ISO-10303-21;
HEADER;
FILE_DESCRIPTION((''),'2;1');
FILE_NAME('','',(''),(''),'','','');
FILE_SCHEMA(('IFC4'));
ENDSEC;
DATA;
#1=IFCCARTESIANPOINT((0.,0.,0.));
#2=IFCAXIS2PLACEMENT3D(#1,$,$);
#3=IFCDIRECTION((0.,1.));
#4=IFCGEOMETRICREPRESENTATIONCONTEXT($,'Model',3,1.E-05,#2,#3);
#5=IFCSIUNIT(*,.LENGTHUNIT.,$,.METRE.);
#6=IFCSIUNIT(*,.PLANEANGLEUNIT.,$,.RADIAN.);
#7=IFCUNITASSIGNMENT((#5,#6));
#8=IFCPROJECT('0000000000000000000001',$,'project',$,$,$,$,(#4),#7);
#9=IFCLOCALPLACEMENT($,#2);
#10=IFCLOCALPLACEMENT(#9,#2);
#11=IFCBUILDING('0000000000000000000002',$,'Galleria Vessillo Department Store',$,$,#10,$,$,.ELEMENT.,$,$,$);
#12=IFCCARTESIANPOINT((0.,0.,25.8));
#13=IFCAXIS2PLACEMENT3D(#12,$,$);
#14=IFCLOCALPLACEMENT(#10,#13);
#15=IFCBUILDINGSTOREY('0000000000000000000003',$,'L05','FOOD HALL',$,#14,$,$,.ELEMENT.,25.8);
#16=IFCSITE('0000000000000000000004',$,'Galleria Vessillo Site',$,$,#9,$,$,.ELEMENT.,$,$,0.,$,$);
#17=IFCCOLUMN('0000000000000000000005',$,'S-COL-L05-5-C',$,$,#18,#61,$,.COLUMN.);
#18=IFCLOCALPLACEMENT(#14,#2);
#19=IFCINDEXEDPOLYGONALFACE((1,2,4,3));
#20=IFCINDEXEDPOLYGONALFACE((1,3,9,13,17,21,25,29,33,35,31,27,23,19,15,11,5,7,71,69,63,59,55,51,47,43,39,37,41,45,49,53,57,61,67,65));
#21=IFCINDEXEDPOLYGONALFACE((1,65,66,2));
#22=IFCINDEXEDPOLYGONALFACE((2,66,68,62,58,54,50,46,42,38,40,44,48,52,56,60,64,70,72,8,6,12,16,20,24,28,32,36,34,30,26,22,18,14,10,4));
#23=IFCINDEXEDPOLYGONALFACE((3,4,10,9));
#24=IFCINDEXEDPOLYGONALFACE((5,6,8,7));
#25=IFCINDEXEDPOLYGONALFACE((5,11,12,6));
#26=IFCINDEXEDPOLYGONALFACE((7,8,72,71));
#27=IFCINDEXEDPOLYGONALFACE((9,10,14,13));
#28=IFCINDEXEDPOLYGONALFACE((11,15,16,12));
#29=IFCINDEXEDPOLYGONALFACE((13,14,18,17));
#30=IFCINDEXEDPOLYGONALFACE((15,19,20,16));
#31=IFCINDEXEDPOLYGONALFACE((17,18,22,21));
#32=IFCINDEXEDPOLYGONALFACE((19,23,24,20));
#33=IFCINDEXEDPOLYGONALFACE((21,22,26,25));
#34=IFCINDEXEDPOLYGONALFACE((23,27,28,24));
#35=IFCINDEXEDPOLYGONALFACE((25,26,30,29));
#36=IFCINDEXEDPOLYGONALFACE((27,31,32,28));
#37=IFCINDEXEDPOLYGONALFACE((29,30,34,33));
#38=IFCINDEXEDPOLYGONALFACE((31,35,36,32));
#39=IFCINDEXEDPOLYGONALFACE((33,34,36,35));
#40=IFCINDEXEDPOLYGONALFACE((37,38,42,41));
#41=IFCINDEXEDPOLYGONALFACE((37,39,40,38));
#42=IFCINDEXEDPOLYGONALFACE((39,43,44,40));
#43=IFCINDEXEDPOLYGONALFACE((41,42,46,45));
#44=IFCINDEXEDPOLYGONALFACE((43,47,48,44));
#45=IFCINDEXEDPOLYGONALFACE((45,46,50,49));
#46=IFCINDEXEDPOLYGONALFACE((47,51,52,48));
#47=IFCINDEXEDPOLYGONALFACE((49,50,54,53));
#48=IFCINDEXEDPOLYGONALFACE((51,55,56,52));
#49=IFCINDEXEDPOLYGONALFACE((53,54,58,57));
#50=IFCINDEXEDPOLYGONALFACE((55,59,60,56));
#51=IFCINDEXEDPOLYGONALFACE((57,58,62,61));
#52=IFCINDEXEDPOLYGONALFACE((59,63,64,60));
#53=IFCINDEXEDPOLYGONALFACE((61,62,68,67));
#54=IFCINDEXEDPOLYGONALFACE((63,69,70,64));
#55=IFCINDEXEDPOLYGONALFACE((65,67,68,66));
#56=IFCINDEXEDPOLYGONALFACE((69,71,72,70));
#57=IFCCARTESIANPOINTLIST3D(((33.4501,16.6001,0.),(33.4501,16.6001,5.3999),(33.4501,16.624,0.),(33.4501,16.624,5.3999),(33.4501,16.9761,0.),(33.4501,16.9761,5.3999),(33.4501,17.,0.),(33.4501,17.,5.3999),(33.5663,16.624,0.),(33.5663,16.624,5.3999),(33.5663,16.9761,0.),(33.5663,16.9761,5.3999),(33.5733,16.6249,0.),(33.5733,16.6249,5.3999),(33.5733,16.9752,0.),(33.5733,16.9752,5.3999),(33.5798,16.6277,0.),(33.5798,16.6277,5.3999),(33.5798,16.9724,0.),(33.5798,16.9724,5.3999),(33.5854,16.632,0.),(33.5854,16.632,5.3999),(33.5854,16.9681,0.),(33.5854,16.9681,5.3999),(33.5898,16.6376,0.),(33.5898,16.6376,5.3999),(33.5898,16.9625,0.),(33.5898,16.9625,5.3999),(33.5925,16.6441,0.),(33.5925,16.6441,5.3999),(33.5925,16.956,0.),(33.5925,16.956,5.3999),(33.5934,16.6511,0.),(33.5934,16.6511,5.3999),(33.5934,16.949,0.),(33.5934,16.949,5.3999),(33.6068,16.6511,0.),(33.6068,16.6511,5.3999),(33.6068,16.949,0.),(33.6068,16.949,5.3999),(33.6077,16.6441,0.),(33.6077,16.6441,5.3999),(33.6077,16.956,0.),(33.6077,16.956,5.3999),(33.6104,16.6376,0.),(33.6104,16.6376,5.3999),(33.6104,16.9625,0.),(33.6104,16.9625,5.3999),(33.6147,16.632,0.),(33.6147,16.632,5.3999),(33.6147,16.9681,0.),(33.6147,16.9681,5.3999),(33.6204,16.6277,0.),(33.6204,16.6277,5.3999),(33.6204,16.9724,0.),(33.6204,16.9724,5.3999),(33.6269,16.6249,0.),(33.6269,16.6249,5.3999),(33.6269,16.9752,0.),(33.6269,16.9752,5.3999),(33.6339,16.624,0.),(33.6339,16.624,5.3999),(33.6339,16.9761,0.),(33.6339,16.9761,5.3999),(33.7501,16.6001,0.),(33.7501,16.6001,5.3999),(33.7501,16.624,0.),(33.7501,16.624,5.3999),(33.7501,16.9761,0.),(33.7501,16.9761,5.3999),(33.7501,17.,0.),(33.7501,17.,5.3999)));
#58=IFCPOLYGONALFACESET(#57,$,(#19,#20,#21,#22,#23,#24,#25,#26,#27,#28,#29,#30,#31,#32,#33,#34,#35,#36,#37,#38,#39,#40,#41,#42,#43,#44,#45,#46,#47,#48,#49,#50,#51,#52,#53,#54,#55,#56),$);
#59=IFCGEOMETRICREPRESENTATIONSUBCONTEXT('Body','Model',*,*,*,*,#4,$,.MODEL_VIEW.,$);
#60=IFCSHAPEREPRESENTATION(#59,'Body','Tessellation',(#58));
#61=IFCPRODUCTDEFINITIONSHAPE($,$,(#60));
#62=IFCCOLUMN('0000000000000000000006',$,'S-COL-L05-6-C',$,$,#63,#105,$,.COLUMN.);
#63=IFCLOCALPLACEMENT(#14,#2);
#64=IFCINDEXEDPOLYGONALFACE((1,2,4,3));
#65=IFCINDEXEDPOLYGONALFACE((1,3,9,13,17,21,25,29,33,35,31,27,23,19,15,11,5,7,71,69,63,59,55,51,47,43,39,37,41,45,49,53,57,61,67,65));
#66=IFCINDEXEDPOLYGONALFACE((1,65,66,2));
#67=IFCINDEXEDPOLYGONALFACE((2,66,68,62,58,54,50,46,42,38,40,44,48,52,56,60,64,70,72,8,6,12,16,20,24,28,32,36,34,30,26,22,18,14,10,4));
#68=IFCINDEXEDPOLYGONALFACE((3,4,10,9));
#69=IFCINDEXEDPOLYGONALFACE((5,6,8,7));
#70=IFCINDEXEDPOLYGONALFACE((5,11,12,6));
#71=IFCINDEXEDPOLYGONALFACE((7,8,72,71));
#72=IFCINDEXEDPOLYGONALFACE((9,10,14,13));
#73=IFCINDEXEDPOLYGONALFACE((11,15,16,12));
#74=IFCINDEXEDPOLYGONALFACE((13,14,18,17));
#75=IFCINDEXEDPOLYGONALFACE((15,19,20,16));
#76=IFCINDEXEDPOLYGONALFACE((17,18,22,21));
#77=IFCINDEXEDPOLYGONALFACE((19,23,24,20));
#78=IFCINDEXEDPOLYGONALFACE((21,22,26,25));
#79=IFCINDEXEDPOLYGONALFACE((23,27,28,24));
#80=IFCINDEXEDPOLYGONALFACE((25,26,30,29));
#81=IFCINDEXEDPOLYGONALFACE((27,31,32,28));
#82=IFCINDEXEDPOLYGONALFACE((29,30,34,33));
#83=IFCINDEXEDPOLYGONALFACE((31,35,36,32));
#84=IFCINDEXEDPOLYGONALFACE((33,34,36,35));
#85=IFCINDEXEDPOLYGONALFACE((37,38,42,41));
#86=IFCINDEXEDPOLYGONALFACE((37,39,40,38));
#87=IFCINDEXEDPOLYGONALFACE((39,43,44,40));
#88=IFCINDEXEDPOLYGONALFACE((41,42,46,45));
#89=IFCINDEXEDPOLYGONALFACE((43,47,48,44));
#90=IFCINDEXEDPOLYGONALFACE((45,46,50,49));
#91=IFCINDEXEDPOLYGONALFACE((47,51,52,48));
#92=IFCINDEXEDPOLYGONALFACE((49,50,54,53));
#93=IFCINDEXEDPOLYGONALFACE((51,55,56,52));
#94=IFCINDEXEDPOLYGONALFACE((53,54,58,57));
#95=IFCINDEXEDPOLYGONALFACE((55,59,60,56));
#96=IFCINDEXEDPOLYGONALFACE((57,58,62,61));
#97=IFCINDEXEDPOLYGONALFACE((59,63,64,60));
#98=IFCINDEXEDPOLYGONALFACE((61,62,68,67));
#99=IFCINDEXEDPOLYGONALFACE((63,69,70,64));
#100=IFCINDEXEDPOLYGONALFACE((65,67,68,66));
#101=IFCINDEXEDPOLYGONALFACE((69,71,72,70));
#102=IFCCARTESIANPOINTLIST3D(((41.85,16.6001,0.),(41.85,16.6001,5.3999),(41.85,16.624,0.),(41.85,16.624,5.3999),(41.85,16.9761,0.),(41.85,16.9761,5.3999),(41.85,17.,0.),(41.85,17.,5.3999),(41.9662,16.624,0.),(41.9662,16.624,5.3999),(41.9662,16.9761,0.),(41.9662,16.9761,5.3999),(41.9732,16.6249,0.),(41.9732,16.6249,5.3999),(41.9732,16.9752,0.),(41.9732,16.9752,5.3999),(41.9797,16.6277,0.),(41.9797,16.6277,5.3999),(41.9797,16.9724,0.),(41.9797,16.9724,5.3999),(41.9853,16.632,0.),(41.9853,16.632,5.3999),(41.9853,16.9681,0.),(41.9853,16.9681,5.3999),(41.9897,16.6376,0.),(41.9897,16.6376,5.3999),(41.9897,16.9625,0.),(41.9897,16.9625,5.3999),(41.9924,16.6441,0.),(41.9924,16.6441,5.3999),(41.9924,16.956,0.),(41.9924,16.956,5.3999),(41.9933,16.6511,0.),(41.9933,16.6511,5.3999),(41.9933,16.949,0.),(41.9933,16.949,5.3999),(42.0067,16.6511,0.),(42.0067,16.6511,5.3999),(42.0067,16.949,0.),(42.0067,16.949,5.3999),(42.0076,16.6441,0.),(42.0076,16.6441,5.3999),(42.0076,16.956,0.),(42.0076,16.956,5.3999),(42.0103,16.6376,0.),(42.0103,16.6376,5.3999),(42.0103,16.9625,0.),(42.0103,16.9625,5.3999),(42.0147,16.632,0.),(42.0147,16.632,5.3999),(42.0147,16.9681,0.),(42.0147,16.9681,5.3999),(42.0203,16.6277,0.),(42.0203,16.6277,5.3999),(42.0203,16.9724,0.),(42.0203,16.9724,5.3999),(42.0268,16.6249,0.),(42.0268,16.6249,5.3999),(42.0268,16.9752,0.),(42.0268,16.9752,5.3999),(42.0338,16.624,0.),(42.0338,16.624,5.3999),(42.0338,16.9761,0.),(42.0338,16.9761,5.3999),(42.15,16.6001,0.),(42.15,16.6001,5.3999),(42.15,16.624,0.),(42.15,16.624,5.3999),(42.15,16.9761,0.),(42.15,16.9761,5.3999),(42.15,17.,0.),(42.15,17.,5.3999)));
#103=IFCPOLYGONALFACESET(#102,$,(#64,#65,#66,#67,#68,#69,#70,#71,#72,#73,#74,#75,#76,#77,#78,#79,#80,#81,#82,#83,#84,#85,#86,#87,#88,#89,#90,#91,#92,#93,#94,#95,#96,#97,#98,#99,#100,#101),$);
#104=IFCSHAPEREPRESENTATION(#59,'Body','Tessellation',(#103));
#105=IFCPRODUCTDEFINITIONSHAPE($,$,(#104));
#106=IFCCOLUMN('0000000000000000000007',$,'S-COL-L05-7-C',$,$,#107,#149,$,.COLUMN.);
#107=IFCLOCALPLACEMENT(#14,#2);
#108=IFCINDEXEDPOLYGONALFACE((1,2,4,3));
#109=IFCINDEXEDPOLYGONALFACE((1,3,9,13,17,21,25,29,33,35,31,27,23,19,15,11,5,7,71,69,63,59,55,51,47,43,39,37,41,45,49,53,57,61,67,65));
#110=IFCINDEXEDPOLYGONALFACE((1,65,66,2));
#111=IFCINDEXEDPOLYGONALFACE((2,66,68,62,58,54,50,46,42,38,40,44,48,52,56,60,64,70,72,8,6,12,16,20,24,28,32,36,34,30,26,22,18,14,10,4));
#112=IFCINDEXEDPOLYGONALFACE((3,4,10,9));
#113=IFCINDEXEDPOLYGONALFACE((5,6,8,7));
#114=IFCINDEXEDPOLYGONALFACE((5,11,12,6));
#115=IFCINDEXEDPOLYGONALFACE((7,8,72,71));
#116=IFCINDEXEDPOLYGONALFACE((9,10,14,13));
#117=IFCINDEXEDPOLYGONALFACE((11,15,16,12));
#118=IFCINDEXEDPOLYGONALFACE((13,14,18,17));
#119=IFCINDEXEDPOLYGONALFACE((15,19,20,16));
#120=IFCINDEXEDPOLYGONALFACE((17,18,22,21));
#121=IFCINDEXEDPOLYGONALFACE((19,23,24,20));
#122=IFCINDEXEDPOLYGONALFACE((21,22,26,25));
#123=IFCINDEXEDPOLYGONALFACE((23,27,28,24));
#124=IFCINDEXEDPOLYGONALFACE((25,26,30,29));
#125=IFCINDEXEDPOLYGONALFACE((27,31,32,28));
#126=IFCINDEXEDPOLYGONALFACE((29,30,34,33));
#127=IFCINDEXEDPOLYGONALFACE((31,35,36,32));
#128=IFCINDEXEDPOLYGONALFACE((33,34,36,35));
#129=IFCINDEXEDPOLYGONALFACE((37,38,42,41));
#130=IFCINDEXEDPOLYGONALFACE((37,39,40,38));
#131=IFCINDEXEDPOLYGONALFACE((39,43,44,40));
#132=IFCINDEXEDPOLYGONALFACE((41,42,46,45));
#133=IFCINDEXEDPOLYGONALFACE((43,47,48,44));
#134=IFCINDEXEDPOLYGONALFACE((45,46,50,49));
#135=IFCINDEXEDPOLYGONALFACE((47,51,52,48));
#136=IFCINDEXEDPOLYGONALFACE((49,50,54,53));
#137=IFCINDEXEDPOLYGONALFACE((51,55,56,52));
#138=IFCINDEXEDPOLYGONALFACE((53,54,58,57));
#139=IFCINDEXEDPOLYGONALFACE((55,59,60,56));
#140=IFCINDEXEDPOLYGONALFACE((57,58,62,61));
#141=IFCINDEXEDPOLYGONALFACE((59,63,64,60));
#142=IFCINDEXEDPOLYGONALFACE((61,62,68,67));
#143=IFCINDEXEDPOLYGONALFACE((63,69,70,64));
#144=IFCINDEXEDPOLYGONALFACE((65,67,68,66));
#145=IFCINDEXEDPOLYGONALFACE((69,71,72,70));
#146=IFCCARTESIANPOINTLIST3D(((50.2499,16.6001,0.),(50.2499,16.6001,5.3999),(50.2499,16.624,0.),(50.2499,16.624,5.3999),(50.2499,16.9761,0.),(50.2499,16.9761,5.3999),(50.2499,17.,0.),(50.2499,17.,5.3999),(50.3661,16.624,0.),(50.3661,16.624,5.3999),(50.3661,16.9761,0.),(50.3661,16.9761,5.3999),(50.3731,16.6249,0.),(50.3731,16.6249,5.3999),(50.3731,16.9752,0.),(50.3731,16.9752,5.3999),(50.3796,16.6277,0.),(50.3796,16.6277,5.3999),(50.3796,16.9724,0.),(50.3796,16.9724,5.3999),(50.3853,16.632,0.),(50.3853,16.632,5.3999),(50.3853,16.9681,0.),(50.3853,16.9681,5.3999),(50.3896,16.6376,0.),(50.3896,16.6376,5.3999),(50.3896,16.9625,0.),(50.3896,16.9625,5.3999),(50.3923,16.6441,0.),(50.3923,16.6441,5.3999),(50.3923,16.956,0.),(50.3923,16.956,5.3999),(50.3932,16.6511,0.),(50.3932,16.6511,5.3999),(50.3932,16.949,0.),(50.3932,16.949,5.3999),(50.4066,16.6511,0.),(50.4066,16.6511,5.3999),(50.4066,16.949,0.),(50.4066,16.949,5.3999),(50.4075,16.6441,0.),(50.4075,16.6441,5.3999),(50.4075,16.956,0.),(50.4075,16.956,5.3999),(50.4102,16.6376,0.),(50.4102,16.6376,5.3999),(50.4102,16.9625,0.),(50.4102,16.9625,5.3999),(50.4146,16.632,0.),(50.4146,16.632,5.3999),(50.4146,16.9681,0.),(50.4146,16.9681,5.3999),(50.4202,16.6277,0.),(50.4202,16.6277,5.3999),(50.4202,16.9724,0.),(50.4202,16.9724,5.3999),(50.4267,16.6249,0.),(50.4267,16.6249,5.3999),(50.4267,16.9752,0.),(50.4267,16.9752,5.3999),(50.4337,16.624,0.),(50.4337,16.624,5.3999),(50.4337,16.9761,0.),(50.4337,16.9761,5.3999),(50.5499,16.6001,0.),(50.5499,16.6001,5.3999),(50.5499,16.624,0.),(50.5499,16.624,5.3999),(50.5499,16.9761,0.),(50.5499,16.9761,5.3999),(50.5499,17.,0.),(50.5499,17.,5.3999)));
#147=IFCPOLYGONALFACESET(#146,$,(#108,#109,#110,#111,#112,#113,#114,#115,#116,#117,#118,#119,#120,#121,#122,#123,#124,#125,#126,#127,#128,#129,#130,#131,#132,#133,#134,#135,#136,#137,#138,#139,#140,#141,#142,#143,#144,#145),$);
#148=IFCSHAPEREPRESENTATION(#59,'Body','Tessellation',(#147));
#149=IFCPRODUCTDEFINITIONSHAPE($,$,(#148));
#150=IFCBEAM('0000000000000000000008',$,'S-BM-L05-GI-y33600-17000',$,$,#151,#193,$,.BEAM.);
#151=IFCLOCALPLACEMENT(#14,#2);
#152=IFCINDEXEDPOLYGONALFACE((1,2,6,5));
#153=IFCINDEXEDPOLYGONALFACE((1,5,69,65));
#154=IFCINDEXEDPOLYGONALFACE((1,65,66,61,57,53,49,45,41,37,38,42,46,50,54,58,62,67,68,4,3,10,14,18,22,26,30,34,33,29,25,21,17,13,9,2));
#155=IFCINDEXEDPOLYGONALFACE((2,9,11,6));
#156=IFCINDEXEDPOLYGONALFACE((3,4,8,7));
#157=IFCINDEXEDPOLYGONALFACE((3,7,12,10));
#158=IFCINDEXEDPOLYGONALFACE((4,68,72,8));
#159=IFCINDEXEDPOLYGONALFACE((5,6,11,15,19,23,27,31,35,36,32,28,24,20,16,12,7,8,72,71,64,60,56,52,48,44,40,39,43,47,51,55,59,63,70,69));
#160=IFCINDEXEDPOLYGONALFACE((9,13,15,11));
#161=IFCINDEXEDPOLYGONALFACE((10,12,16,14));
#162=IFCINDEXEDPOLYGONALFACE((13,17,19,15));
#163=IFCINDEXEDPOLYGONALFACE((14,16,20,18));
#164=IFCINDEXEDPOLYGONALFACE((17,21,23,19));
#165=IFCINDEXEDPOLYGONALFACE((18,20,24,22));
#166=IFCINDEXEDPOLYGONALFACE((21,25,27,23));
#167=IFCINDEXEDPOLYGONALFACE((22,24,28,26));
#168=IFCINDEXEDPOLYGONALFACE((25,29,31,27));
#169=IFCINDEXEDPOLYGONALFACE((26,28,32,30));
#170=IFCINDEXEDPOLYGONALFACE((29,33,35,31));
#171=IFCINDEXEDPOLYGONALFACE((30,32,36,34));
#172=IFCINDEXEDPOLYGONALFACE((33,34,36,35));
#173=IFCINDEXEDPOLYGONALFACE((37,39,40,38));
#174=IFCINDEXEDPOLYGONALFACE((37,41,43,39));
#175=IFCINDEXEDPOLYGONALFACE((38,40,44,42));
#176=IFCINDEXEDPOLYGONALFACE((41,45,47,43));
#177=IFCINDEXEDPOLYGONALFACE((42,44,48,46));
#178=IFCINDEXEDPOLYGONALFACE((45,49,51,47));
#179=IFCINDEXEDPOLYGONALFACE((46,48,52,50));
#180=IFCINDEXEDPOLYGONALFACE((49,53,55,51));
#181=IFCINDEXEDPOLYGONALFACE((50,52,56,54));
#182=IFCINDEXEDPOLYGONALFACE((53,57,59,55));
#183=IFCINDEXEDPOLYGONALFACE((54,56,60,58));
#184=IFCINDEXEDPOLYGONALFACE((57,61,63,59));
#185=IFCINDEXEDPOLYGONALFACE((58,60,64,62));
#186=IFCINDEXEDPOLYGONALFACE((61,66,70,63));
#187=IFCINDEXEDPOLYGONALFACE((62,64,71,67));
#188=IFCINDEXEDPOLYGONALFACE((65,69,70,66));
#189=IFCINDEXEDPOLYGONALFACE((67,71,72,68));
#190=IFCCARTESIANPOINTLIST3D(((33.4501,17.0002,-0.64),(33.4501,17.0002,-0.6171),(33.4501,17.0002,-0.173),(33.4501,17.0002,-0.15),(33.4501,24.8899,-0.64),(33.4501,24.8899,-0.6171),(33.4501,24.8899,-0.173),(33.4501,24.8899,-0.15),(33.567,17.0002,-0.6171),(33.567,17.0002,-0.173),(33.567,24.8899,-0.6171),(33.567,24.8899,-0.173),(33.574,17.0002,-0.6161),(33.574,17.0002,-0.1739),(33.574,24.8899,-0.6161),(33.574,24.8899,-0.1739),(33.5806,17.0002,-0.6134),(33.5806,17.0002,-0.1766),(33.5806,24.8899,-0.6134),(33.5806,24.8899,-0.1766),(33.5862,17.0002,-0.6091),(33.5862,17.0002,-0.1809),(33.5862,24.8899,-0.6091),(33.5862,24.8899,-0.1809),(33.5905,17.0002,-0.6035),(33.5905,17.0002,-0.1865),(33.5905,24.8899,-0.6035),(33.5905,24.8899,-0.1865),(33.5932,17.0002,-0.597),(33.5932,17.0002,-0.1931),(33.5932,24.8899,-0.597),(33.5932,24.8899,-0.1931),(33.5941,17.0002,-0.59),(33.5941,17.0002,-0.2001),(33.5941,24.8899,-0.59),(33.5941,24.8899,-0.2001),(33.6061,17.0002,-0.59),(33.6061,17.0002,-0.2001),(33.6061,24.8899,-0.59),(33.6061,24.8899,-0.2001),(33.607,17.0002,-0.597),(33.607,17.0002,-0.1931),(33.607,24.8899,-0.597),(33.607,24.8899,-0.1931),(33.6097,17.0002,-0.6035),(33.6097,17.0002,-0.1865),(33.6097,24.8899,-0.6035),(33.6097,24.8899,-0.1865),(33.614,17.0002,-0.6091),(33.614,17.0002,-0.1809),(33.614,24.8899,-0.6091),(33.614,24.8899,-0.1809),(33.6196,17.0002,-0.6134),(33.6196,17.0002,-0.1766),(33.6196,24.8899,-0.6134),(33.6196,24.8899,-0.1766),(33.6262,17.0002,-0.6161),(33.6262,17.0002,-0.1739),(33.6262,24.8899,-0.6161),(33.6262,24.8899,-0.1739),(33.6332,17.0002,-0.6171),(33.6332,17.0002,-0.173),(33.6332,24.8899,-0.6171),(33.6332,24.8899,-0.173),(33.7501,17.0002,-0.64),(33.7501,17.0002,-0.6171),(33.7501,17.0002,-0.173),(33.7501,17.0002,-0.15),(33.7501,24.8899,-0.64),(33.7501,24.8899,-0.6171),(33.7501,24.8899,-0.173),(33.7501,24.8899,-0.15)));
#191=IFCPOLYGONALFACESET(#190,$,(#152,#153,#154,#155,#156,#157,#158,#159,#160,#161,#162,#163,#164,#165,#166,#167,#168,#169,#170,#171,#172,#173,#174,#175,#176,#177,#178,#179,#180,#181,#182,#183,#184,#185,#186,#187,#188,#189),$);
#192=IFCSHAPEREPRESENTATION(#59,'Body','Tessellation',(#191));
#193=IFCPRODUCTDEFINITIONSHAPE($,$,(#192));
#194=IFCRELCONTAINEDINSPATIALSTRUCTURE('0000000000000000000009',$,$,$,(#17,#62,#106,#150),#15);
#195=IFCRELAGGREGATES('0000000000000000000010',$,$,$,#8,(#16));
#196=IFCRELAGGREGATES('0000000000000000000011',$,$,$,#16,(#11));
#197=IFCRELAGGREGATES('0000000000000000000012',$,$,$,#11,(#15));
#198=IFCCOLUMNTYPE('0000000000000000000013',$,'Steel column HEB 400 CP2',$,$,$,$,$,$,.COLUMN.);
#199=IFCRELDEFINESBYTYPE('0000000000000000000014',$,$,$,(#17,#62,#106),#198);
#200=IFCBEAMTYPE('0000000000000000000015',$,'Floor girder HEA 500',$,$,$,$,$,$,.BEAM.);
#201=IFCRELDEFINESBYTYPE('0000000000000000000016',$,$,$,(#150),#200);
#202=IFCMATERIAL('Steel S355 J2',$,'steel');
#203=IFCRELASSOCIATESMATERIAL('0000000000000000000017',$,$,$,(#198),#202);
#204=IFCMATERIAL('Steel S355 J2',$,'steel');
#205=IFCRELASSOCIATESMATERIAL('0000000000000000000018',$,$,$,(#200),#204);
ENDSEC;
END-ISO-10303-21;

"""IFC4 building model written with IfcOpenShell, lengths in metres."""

from ifc_helpers import new_model, si_unit, direction, frame, origin, origin_2d, place, context, subcontext, project, spatial, i_section, extrude, material, material_profile, profile_set, type_object, element, save


model = new_model("IFC4")

# Units and contexts
model_context = context("Model", 3, precision=1e-05, world=origin(), true_north=direction((0.0, 1.0)))
body_context = subcontext(model_context, "Body", "Model", "MODEL_VIEW")
ifc_project = project(units=[si_unit("LENGTHUNIT", "METRE"), si_unit("PLANEANGLEUNIT", "RADIAN")], contexts=[model_context])

# Site, building, storey
site_placement = place(None, origin())
site = spatial("IfcSite", under=ifc_project, at=site_placement, Name="Galleria Vessillo Site", CompositionType="ELEMENT", RefElevation=0.0)
building_placement = place(site_placement, origin())
building = spatial("IfcBuilding", under=site, at=building_placement, Name="Galleria Vessillo Department Store", CompositionType="ELEMENT")
storey_placement = place(building_placement, frame((0.0, 0.0, 25.8)))
storey = spatial("IfcBuildingStorey", under=building, at=storey_placement, Name="L05", Description="FOOD HALL", CompositionType="ELEMENT", Elevation=25.8)

# Columns
ifc_material_1 = material(Name="Steel S355 J2", Category="steel")
ifc_material_profile_1 = material_profile(ifc_material_1, i_section(OverallWidth=0.3, OverallDepth=0.3999, WebThickness=0.0134, FlangeThickness=0.0239, FilletRadius=0.0271, at=origin_2d()), Name="HEB 400")
ifc_profile_set_1 = profile_set([ifc_material_profile_1], Name="Steel S355 J2")
column_type = type_object("IfcColumnType", Name="Steel column HEB 400 CP2", PredefinedType="COLUMN", material=ifc_profile_set_1)
for number, where, z_axis, x_axis, name in (
    (1, (33.6001, 16.8, 0.0), (0.0, 0.0, 1.0), (1.0, 0.0, 0.0), "S-COL-L05-5-C"),
    (2, (42.0, 16.8, 0.0), (0.0, 0.0, 1.0), (1.0, 0.0, 0.0), "S-COL-L05-6-C"),
    (3, (50.3999, 16.8, 0.0), (0.0, 0.0, 1.0), (1.0, 0.0, 0.0), "S-COL-L05-7-C"),
):
    element("IfcColumn", number, at=place(storey_placement, frame(where, z_axis=z_axis, x_axis=x_axis)), inside=storey, type_object=column_type, Name=name, PredefinedType="COLUMN", context=body_context, shape_type="SweptSolid", body=[
        extrude(i_section(OverallWidth=0.3, OverallDepth=0.3999, WebThickness=0.0134, FlangeThickness=0.0239, FilletRadius=0.0271, at=origin_2d()), origin(), (0.0, 0.0, 1.0), 5.3999),
    ])

# Beam
ifc_material_2 = material(Name="Steel S355 J2", Category="steel")
ifc_material_profile_2 = material_profile(ifc_material_2, i_section(OverallWidth=0.3, OverallDepth=0.49, WebThickness=0.012, FlangeThickness=0.0229, FilletRadius=0.0271, at=origin_2d()), Name="HEA 500")
ifc_profile_set_2 = profile_set([ifc_material_profile_2], Name="Steel S355 J2")
beam_type_1 = type_object("IfcBeamType", Name="Floor girder HEA 500", PredefinedType="BEAM", material=ifc_profile_set_2)
for number, where, z_axis, x_axis, name in (
    (4, (33.6001, 17.0002, -0.395), (0.0, 1.0, 0.0), (-1.0, 0.0, 0.0), "S-BM-L05-GI-y33600-17000"),
):
    element("IfcBeam", number, at=place(storey_placement, frame(where, z_axis=z_axis, x_axis=x_axis)), inside=storey, type_object=beam_type_1, Name=name, PredefinedType="BEAM", context=body_context, shape_type="SweptSolid", body=[
        extrude(i_section(OverallWidth=0.3, OverallDepth=0.49, WebThickness=0.012, FlangeThickness=0.0229, FilletRadius=0.0271, at=origin_2d()), origin(), (0.0, 0.0, 1.0), 7.8896),
    ])

save(model, "model.ifc")
